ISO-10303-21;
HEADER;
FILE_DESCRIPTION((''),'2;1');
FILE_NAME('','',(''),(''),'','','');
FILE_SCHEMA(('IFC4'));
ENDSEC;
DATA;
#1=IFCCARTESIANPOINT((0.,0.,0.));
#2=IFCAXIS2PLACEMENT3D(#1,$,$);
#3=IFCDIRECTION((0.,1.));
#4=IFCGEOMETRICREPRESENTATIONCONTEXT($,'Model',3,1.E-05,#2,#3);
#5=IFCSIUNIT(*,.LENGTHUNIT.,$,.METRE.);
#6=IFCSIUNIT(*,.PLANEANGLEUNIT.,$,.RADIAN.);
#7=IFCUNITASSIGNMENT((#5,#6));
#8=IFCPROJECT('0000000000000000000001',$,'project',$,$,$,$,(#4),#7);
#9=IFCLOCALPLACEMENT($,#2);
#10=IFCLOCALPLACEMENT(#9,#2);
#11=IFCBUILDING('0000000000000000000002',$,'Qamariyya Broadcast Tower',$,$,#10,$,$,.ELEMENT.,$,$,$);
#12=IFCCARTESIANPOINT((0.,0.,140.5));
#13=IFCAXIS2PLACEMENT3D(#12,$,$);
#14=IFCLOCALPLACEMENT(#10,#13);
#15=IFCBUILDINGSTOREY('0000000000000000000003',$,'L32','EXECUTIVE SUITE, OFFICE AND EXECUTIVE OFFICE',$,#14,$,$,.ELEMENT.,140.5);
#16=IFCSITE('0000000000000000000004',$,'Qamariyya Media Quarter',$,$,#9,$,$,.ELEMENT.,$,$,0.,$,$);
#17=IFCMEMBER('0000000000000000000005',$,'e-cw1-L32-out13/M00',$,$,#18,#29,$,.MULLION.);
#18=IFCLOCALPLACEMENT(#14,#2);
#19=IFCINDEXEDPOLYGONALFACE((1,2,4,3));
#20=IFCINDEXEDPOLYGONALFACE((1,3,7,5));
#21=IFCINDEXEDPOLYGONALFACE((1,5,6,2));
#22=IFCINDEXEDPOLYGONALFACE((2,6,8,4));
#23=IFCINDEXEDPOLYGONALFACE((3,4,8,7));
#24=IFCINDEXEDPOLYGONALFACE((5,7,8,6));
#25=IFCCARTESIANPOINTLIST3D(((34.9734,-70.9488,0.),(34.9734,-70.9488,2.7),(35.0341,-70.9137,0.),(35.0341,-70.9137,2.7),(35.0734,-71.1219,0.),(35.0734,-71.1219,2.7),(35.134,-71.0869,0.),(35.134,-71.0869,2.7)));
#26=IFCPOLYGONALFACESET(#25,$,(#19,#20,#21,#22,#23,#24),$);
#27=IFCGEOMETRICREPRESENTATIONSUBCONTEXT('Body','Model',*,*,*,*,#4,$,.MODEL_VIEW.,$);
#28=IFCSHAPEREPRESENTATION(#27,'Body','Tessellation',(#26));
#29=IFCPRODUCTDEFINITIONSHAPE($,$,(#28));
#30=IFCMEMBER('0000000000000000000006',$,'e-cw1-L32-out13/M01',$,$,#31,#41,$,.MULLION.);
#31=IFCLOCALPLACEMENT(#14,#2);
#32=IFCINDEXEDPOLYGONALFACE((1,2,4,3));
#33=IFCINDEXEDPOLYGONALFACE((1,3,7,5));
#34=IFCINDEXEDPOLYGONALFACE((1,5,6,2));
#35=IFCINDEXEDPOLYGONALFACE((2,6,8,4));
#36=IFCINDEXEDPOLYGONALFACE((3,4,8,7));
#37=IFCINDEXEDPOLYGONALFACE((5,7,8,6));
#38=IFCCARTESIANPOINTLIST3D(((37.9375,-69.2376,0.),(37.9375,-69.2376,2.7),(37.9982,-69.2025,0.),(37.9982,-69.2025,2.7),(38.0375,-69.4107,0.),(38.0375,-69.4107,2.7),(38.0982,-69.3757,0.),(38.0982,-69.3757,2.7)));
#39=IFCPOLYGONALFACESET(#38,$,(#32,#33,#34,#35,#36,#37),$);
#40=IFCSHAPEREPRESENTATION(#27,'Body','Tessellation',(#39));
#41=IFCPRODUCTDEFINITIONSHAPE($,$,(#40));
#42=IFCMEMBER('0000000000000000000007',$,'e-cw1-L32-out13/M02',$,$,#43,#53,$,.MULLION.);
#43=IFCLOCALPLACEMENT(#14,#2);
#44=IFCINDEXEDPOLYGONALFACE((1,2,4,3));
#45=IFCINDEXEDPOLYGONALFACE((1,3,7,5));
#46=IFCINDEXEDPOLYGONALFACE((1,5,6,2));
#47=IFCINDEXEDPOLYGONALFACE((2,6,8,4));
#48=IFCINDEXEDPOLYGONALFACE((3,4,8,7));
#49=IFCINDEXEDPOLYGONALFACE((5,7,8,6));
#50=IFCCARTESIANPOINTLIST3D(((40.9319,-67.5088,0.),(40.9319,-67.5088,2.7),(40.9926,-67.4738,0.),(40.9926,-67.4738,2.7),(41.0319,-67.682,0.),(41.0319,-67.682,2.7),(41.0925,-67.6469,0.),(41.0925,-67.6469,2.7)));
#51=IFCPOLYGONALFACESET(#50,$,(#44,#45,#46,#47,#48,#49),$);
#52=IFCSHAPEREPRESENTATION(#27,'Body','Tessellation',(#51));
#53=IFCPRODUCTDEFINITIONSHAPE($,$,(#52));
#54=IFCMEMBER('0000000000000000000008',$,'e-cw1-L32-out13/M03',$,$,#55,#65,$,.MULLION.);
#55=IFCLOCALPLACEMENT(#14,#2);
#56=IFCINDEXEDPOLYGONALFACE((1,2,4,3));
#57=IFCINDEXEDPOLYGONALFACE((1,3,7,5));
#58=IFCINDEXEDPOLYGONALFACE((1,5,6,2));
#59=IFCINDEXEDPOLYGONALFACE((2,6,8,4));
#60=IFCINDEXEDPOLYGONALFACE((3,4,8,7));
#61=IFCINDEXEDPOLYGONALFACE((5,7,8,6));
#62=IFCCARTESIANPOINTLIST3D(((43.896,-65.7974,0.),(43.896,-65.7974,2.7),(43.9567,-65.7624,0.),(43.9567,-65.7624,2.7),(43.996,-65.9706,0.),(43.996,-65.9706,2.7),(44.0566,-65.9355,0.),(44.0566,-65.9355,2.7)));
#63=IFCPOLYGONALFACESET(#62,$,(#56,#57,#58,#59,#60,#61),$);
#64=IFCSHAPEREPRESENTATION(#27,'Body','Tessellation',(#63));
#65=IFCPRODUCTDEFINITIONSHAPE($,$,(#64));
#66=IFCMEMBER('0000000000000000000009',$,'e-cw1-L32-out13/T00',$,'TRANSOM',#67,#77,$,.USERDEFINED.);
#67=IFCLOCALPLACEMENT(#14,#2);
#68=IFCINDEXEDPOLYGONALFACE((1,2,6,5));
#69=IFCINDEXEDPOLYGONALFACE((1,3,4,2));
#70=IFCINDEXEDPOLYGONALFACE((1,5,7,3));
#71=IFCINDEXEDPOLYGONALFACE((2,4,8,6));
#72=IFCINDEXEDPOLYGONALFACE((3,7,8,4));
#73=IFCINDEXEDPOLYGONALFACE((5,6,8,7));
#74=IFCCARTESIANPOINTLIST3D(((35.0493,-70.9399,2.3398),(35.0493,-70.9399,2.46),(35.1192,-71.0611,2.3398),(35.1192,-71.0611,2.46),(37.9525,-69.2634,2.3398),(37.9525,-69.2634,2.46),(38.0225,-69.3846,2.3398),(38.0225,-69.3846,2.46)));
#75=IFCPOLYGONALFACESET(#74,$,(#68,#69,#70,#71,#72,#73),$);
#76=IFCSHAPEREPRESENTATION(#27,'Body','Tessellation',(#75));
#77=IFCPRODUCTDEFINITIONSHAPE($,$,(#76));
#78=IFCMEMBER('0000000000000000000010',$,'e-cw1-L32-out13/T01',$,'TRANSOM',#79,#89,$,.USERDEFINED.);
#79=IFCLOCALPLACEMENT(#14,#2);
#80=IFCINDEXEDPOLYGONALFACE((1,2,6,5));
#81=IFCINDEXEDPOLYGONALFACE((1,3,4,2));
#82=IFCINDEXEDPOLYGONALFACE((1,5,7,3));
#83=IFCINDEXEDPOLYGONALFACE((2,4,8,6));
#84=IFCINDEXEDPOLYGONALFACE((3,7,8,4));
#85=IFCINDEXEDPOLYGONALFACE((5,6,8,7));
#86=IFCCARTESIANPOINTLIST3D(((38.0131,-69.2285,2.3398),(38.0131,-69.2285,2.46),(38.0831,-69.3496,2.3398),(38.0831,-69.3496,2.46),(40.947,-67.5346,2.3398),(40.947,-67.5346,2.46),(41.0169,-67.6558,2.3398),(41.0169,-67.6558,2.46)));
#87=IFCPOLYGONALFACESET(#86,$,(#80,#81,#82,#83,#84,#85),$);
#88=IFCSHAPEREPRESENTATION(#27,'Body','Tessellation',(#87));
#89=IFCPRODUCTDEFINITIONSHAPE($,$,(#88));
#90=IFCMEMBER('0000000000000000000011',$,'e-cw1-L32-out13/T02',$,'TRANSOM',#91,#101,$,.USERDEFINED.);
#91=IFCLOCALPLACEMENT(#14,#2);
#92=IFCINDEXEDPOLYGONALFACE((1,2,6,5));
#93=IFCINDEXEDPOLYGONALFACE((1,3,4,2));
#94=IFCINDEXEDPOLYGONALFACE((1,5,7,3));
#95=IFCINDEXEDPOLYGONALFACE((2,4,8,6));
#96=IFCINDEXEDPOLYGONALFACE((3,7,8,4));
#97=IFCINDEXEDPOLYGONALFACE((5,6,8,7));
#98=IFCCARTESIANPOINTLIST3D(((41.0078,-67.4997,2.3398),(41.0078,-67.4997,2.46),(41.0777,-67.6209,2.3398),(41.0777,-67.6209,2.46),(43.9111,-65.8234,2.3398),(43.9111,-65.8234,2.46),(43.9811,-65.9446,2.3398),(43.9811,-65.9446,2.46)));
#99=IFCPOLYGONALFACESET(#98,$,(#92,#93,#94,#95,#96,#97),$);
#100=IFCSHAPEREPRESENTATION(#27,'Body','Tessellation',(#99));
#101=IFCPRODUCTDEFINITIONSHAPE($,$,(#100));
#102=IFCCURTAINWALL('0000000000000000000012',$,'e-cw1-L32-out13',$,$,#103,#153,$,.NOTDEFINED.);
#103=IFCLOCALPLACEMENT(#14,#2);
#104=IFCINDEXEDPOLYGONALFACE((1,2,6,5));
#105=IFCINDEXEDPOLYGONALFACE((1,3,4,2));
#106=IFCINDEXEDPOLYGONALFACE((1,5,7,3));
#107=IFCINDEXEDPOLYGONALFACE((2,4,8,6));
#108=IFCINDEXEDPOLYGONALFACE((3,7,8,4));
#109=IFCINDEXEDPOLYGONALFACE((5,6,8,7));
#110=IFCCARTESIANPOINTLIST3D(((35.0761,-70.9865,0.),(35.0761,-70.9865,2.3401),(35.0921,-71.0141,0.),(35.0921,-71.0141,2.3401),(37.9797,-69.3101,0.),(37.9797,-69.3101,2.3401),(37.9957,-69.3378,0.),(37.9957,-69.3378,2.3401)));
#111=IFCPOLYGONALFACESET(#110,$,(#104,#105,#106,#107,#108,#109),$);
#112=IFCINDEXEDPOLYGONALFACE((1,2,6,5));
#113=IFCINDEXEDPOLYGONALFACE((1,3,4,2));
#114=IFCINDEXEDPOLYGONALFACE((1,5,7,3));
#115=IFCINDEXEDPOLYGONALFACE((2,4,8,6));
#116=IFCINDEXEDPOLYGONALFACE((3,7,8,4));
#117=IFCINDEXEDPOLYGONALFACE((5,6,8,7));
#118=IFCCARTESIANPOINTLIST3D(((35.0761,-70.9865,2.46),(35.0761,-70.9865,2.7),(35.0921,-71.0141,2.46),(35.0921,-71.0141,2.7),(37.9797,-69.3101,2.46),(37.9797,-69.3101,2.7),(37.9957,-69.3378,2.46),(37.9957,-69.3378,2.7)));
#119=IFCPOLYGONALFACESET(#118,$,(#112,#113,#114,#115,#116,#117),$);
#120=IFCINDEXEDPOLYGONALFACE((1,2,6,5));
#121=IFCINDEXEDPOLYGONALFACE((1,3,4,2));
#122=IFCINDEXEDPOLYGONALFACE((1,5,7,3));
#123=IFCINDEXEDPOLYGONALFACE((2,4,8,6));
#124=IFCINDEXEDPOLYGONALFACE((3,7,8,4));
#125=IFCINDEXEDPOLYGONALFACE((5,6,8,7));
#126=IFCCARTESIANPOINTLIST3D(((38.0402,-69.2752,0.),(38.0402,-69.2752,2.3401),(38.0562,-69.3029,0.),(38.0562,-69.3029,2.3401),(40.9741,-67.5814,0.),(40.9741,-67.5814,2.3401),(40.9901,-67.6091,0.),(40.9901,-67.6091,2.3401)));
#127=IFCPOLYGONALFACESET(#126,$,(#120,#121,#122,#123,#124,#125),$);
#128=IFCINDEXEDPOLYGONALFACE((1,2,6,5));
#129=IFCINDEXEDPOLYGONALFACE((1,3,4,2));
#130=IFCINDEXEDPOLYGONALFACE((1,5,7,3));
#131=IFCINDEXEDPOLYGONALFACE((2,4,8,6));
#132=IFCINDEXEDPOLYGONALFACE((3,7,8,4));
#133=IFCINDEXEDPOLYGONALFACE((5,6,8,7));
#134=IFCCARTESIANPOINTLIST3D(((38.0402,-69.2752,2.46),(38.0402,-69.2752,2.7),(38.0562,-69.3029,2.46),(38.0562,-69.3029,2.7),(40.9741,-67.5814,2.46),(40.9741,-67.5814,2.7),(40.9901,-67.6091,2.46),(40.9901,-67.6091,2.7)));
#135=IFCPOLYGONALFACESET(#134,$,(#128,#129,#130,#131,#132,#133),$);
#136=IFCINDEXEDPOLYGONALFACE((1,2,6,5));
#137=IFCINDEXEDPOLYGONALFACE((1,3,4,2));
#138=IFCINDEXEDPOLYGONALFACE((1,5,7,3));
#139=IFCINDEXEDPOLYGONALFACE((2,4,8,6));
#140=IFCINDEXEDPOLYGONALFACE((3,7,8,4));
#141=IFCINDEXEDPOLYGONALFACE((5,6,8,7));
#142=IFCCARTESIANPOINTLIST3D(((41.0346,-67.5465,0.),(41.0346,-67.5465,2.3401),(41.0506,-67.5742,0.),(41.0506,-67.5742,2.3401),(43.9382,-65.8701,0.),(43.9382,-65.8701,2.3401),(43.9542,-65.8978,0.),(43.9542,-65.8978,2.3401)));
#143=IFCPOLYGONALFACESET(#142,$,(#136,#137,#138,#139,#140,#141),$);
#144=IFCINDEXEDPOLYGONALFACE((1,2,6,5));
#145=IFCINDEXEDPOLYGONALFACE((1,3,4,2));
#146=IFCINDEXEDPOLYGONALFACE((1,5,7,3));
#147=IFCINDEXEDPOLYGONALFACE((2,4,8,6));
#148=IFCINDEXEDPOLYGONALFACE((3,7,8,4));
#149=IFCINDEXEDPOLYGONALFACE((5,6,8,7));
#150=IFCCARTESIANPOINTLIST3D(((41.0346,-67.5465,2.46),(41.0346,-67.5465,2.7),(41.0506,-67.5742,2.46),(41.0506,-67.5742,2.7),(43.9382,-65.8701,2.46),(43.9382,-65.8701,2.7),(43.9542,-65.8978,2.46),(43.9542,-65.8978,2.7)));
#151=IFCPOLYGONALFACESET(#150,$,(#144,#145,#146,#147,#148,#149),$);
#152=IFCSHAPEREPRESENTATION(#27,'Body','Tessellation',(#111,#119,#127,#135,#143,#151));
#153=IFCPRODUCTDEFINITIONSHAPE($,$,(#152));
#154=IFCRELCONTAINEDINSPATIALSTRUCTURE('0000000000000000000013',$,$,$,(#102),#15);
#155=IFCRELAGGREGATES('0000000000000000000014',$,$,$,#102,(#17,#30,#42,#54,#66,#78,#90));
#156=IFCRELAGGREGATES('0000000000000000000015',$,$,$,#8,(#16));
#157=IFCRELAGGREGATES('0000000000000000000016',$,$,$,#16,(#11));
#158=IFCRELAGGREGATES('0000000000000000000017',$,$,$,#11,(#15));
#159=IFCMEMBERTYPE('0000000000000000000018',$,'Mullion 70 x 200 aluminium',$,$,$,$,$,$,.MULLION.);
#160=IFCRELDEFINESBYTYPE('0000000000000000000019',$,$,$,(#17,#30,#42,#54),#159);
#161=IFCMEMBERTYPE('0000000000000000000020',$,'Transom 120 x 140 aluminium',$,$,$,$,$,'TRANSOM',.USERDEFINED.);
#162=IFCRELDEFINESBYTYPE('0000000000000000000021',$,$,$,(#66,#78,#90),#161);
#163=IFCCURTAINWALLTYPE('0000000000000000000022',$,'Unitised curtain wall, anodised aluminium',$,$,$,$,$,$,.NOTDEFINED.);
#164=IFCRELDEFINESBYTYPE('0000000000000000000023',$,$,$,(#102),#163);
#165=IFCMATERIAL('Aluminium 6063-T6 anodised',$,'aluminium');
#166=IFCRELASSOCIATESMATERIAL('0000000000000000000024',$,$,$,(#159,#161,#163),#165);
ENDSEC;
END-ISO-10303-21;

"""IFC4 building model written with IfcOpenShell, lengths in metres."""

from ifc_helpers import new_model, si_unit, direction, frame, origin, origin_2d, place, context, subcontext, project, spatial, rectangle, extrude, material, material_profile, profile_set, type_object, element, aggregate, save


model = new_model("IFC4")

# Units and contexts
model_context = context("Model", 3, precision=1e-05, world=origin(), true_north=direction((0.0, 1.0)))
body_context = subcontext(model_context, "Body", "Model", "MODEL_VIEW")
ifc_project = project(units=[si_unit("LENGTHUNIT", "METRE"), si_unit("PLANEANGLEUNIT", "RADIAN")], contexts=[model_context])

# Members
ifc_material = material(Name="Aluminium 6063-T6 anodised", Category="aluminium")
ifc_material_profile_1 = material_profile(ifc_material, rectangle(XDim=0.2, YDim=0.0701, at=origin_2d()))
ifc_profile_set_1 = profile_set([ifc_material_profile_1], Name="Aluminium 6063-T6 anodised")
member_type_1 = type_object("IfcMemberType", Name="Mullion 70 x 200 aluminium", PredefinedType="MULLION", material=ifc_profile_set_1)
site_placement = place(None, origin())
building_placement = place(site_placement, origin())
storey_placement = place(building_placement, frame((0.0, 0.0, 140.5)))
member_1_placement = place(storey_placement, frame((35.0537, -71.0178, 0.0), z_axis=(0.0, 0.0, 1.0), x_axis=(-0.5, 0.866025, 0.0)))
member_1 = element("IfcMember", 1, at=member_1_placement, type_object=member_type_1, Name="e-cw1-L32-out13/M00", PredefinedType="MULLION", context=body_context, shape_type="SweptSolid", body=[
    extrude(rectangle(XDim=0.2, YDim=0.0701, at=origin_2d()), origin(), (0.0, 0.0, 1.0), 2.7),
])
member_2_placement = place(storey_placement, frame((38.0178, -69.3066, 0.0), z_axis=(0.0, 0.0, 1.0), x_axis=(-0.5, 0.866025, 0.0)))
member_2 = element("IfcMember", 2, at=member_2_placement, type_object=member_type_1, Name="e-cw1-L32-out13/M01", PredefinedType="MULLION", context=body_context, shape_type="SweptSolid", body=[
    extrude(rectangle(XDim=0.2, YDim=0.0701, at=origin_2d()), origin(), (0.0, 0.0, 1.0), 2.7),
])
member_3_placement = place(storey_placement, frame((41.0122, -67.5779, 0.0), z_axis=(0.0, 0.0, 1.0), x_axis=(-0.5, 0.866025, 0.0)))
member_3 = element("IfcMember", 3, at=member_3_placement, type_object=member_type_1, Name="e-cw1-L32-out13/M02", PredefinedType="MULLION", context=body_context, shape_type="SweptSolid", body=[
    extrude(rectangle(XDim=0.2, YDim=0.0701, at=origin_2d()), origin(), (0.0, 0.0, 1.0), 2.7),
])
member_4_placement = place(storey_placement, frame((43.9763, -65.8665, 0.0), z_axis=(0.0, 0.0, 1.0), x_axis=(-0.5, 0.866025, 0.0)))
member_4 = element("IfcMember", 4, at=member_4_placement, type_object=member_type_1, Name="e-cw1-L32-out13/M03", PredefinedType="MULLION", context=body_context, shape_type="SweptSolid", body=[
    extrude(rectangle(XDim=0.2, YDim=0.0701, at=origin_2d()), origin(), (0.0, 0.0, 1.0), 2.7),
])
ifc_material_profile_2 = material_profile(ifc_material, rectangle(XDim=0.1399, YDim=0.1201, at=origin_2d()))
ifc_profile_set_2 = profile_set([ifc_material_profile_2], Name="Aluminium 6063-T6 anodised")
member_type_2 = type_object("IfcMemberType", Name="Transom 120 x 140 aluminium", ElementType="TRANSOM", PredefinedType="USERDEFINED", material=ifc_profile_set_2)
member_5_placement = place(storey_placement, frame((35.0842, -71.0005, 2.3999), z_axis=(0.865989, 0.500063, 0.0), x_axis=(-0.500063, 0.865989, 0.0)))
member_5 = element("IfcMember", 5, at=member_5_placement, type_object=member_type_2, Name="e-cw1-L32-out13/T00", ObjectType="TRANSOM", PredefinedType="USERDEFINED", context=body_context, shape_type="SweptSolid", body=[
    extrude(rectangle(XDim=0.1399, YDim=0.1201, at=origin_2d()), origin(), (0.0, 0.0, 1.0), 3.3525),
])
member_6_placement = place(storey_placement, frame((38.0481, -69.2891, 2.3999), z_axis=(0.866026, 0.499999, 0.0), x_axis=(-0.499999, 0.866026, 0.0)))
member_6 = element("IfcMember", 6, at=member_6_placement, type_object=member_type_2, Name="e-cw1-L32-out13/T01", ObjectType="TRANSOM", PredefinedType="USERDEFINED", context=body_context, shape_type="SweptSolid", body=[
    extrude(rectangle(XDim=0.1399, YDim=0.1201, at=origin_2d()), origin(), (0.0, 0.0, 1.0), 3.3877),
])
member_7_placement = place(storey_placement, frame((41.0427, -67.5603, 2.3999), z_axis=(0.866021, 0.500008, 0.0), x_axis=(-0.500008, 0.866021, 0.0)))
member_7 = element("IfcMember", 7, at=member_7_placement, type_object=member_type_2, Name="e-cw1-L32-out13/T02", ObjectType="TRANSOM", PredefinedType="USERDEFINED", context=body_context, shape_type="SweptSolid", body=[
    extrude(rectangle(XDim=0.1399, YDim=0.1201, at=origin_2d()), origin(), (0.0, 0.0, 1.0), 3.3525),
])

# Site, building, storey
site = spatial("IfcSite", under=ifc_project, at=site_placement, Name="Qamariyya Media Quarter", CompositionType="ELEMENT", RefElevation=0.0)
building = spatial("IfcBuilding", under=site, at=building_placement, Name="Qamariyya Broadcast Tower", CompositionType="ELEMENT")
storey = spatial("IfcBuildingStorey", under=building, at=storey_placement, Name="L32", Description="EXECUTIVE SUITE, OFFICE AND EXECUTIVE OFFICE", CompositionType="ELEMENT", Elevation=140.5)

# Curtain wall
curtain_wall_type = type_object("IfcCurtainWallType", Name="Unitised curtain wall, anodised aluminium", PredefinedType="NOTDEFINED", material=ifc_material)
curtain_wall_1_placement = place(storey_placement, origin())
curtain_wall_1 = element("IfcCurtainWall", 8, at=curtain_wall_1_placement, inside=storey, type_object=curtain_wall_type, Name="e-cw1-L32-out13", PredefinedType="NOTDEFINED", context=body_context, shape_type="SweptSolid", body=[
    extrude(rectangle(XDim=3.3528, YDim=0.032, at=origin_2d()), frame((36.5359, -70.1621, 0.0), x_axis=(0.866027, 0.499997, 0.0)), (0.0, 0.0, 1.0), 2.3401),
    extrude(rectangle(XDim=3.3528, YDim=0.032, at=origin_2d()), frame((36.5359, -70.1621, 2.46), x_axis=(0.866027, 0.499997, 0.0)), (0.0, 0.0, 1.0), 0.24),
    extrude(rectangle(XDim=3.3877, YDim=0.032, at=origin_2d()), frame((39.5151, -68.4421, 0.0), x_axis=(0.866027, 0.499997, 0.0)), (0.0, 0.0, 1.0), 2.3401),
    extrude(rectangle(XDim=3.3877, YDim=0.032, at=origin_2d()), frame((39.5151, -68.4421, 2.46), x_axis=(0.866027, 0.499997, 0.0)), (0.0, 0.0, 1.0), 0.24),
    extrude(rectangle(XDim=3.3528, YDim=0.032, at=origin_2d()), frame((42.4944, -66.7222, 0.0), x_axis=(0.866027, 0.499997, 0.0)), (0.0, 0.0, 1.0), 2.3401),
    extrude(rectangle(XDim=3.3528, YDim=0.032, at=origin_2d()), frame((42.4944, -66.7222, 2.46), x_axis=(0.866027, 0.499997, 0.0)), (0.0, 0.0, 1.0), 0.24),
])
aggregate(curtain_wall_1, [member_1, member_2, member_3, member_4, member_5, member_6, member_7])

save(model, "model.ifc")
